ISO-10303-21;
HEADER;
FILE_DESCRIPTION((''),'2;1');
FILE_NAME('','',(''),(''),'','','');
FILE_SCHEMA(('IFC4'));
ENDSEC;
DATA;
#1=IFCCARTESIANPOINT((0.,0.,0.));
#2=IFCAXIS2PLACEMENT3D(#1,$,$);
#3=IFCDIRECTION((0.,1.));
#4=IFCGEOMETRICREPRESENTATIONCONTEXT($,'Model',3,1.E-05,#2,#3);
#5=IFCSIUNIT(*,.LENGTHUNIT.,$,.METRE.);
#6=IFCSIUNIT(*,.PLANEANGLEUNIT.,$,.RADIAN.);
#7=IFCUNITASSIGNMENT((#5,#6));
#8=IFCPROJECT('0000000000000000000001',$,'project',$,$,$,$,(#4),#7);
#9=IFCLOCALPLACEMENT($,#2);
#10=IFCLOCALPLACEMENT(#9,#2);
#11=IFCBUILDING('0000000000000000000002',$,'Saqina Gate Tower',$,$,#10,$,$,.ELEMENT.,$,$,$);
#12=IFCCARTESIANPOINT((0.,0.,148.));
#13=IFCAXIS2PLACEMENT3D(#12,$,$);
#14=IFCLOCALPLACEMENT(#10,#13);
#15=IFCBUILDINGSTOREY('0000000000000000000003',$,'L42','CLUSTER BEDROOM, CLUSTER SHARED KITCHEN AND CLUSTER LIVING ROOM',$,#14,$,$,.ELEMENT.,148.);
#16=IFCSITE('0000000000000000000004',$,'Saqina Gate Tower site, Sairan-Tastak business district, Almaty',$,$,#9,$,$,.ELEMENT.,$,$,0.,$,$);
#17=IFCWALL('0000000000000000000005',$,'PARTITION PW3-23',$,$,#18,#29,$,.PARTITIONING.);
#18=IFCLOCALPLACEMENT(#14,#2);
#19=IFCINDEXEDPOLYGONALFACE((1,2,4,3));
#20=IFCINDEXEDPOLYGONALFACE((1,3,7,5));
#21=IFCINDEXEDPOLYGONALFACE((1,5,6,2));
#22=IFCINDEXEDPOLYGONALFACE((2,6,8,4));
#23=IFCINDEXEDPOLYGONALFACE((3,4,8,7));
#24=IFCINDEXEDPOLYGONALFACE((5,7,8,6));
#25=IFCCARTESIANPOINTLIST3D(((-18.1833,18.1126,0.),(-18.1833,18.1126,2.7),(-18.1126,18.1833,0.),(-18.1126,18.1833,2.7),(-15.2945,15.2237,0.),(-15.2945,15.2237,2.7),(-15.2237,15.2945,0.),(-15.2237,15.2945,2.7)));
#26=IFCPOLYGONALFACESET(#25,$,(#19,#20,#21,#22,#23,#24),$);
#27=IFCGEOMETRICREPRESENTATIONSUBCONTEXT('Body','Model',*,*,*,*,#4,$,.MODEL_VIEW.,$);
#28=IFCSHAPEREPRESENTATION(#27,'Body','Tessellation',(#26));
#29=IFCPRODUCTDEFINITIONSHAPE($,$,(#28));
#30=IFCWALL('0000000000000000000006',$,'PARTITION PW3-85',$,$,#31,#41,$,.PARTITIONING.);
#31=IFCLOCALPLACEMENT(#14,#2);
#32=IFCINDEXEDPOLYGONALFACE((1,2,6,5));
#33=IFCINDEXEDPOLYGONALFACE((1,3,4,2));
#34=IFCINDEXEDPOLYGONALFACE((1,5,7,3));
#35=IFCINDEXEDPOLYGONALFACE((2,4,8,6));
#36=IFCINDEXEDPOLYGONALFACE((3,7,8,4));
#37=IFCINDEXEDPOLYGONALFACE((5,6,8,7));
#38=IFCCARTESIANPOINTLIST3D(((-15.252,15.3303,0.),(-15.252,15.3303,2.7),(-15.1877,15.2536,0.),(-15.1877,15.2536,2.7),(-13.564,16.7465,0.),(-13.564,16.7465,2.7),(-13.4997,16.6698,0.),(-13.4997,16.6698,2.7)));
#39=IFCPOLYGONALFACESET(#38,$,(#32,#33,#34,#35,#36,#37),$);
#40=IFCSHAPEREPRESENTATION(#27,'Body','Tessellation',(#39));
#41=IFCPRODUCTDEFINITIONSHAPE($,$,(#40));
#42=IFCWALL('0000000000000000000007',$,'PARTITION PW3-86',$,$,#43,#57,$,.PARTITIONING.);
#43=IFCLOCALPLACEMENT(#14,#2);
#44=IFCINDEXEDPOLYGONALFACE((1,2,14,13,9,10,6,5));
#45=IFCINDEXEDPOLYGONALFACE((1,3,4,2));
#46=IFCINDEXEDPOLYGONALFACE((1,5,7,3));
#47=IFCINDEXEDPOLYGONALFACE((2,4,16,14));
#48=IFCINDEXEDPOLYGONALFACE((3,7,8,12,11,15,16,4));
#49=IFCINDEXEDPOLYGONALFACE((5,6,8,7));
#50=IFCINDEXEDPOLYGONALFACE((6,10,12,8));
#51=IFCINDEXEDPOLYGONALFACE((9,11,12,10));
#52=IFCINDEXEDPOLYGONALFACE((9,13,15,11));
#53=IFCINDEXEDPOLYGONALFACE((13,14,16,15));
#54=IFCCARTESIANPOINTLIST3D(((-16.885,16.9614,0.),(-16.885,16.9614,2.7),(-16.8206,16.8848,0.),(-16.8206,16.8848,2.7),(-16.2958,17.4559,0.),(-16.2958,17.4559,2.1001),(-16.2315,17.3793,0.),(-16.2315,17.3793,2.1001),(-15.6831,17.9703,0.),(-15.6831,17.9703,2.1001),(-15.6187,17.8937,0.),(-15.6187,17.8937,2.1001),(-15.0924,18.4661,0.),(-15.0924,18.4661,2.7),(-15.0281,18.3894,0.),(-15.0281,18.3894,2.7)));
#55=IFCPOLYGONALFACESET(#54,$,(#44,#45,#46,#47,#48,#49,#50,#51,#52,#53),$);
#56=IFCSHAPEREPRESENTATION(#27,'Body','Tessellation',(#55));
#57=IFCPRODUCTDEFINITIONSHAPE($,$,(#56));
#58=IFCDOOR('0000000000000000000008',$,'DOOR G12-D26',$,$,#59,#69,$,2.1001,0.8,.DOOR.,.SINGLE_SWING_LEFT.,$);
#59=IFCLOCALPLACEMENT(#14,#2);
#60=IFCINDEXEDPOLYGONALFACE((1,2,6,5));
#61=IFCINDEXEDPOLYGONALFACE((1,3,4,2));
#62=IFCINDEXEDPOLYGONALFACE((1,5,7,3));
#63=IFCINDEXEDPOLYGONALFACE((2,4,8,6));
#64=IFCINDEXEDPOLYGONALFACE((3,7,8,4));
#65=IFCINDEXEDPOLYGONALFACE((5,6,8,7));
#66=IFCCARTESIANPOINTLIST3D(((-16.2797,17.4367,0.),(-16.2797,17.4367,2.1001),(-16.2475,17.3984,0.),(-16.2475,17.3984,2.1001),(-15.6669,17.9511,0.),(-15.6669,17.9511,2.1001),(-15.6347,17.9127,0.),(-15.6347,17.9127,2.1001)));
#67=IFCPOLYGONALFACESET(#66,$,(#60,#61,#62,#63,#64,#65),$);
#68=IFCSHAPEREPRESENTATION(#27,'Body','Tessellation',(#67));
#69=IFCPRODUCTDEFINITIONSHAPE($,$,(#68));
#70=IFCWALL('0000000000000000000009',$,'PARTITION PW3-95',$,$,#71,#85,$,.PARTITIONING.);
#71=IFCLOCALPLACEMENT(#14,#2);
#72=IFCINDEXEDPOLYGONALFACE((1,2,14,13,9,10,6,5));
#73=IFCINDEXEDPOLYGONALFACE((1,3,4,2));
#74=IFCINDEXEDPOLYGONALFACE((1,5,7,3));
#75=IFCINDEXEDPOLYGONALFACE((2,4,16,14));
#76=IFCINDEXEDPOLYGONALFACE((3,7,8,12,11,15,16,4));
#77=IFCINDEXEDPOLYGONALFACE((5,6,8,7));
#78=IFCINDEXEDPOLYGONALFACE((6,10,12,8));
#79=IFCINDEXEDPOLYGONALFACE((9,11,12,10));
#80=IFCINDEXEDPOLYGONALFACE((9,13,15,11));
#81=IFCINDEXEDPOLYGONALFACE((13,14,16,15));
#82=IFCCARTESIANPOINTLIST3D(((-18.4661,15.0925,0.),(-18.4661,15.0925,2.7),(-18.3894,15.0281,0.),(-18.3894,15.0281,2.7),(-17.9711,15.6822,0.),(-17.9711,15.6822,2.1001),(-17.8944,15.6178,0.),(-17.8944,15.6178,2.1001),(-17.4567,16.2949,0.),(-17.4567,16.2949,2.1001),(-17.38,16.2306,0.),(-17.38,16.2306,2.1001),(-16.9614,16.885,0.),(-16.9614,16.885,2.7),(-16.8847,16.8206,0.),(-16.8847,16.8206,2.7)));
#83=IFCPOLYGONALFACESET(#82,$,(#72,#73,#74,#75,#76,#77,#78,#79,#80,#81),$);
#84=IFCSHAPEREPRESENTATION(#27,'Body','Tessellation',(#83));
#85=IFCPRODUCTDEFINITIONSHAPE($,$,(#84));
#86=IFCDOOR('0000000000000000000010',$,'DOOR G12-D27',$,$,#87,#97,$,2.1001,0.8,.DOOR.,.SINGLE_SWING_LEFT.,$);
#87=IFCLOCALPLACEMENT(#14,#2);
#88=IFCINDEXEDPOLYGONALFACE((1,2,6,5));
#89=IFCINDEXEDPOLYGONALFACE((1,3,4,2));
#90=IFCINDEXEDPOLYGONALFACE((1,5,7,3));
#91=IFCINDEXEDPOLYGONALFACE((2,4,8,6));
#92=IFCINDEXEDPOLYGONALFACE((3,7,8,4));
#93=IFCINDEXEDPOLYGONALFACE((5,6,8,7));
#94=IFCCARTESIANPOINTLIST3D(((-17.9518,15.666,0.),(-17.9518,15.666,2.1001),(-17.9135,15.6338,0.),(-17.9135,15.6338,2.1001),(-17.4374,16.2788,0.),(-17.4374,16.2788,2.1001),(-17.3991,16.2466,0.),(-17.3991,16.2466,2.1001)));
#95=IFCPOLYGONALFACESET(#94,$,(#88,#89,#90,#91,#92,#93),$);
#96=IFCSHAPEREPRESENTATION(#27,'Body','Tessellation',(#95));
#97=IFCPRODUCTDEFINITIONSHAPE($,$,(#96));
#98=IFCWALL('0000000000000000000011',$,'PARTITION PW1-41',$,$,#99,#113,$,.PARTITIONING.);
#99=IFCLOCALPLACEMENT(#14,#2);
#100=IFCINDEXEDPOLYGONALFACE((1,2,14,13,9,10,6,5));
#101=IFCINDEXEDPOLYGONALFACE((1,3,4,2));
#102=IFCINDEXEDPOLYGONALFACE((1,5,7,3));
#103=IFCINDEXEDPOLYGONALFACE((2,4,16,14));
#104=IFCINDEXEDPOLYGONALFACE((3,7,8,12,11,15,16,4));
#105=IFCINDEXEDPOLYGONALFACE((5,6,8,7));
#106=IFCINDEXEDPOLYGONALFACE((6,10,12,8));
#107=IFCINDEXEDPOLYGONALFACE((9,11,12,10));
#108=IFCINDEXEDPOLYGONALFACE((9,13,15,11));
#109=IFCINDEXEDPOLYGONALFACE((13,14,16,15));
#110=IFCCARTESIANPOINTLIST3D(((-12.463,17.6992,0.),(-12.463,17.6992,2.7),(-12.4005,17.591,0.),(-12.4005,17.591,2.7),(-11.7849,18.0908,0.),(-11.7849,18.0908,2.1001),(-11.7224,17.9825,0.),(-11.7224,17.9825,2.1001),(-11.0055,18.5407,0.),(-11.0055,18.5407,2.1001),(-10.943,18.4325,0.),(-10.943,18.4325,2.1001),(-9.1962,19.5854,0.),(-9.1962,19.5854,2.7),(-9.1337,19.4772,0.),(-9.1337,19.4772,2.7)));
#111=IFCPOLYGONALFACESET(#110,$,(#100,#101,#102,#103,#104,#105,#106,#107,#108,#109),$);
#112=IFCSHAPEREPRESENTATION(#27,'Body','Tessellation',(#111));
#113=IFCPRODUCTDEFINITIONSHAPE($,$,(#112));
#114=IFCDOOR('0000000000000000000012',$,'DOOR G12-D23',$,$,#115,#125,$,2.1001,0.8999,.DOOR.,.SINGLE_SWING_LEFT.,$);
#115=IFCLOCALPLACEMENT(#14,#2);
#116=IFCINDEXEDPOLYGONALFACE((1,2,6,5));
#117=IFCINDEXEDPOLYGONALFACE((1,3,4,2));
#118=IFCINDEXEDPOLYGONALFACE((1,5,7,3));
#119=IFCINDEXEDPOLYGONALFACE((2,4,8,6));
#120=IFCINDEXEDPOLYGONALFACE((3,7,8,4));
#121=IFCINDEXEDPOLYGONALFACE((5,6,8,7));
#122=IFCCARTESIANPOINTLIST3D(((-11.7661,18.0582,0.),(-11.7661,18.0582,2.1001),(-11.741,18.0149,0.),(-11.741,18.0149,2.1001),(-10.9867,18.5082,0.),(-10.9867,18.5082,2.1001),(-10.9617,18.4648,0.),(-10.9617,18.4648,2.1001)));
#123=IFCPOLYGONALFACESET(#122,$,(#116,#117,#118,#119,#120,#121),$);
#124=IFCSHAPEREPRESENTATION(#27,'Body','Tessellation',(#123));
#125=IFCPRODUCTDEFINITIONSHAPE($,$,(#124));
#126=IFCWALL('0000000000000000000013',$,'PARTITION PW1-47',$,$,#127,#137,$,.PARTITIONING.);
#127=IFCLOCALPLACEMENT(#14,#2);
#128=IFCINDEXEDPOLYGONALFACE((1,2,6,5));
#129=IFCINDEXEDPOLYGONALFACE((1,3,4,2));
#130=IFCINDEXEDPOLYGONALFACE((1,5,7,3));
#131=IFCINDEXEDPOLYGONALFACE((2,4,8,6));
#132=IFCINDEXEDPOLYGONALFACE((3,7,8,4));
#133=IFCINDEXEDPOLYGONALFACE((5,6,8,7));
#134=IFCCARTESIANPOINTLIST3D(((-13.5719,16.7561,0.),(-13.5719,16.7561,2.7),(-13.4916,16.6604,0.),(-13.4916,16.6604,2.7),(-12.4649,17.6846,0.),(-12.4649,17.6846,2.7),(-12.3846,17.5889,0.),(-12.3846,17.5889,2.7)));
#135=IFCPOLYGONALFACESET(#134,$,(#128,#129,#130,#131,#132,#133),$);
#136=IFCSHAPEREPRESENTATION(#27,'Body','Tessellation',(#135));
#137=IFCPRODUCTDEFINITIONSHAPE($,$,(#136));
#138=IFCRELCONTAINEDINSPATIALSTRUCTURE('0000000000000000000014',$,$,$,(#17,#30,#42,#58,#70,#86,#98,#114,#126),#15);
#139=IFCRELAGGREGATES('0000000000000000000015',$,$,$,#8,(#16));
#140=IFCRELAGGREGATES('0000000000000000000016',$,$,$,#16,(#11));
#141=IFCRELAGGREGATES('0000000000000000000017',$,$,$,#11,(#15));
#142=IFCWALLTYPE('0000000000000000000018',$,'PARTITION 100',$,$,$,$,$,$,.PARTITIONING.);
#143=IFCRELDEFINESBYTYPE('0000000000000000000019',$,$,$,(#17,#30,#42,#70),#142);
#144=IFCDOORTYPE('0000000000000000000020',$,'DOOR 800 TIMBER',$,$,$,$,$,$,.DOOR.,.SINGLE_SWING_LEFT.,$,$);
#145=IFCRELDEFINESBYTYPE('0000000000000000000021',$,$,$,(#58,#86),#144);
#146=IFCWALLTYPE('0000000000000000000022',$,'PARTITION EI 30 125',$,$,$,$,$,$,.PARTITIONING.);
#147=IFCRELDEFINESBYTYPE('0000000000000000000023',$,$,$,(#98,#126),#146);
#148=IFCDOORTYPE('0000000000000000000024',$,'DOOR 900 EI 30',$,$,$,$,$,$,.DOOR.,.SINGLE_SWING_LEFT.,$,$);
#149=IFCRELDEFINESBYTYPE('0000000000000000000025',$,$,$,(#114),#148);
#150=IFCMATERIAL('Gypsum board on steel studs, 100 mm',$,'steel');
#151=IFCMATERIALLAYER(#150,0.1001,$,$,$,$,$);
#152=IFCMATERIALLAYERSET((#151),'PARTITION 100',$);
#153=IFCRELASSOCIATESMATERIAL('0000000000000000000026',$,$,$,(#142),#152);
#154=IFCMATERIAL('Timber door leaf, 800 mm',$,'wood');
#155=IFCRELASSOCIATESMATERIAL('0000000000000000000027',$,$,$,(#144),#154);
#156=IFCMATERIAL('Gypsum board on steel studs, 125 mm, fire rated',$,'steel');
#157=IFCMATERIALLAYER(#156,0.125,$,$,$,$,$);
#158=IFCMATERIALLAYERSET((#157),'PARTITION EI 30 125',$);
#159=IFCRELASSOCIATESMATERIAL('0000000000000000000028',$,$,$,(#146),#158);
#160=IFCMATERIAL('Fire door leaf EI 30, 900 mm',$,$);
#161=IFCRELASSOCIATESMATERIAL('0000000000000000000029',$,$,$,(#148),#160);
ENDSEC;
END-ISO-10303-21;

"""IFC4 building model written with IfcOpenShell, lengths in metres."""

from ifc_helpers import new_model, si_unit, direction, frame, frame_2d, origin, place, context, subcontext, project, spatial, rectangle, extrude, material, layer, layer_set, type_object, element, fill, save


model = new_model("IFC4")

# Units and contexts
model_context = context("Model", 3, precision=1e-05, world=origin(), true_north=direction((0.0, 1.0)))
body_context = subcontext(model_context, "Body", "Model", "MODEL_VIEW")
ifc_project = project(units=[si_unit("LENGTHUNIT", "METRE"), si_unit("PLANEANGLEUNIT", "RADIAN")], contexts=[model_context])

# Site, building, storey
site_placement = place(None, origin())
site = spatial("IfcSite", under=ifc_project, at=site_placement, Name="Saqina Gate Tower site, Sairan-Tastak business district, Almaty", CompositionType="ELEMENT", RefElevation=0.0)
building_placement = place(site_placement, origin())
building = spatial("IfcBuilding", under=site, at=building_placement, Name="Saqina Gate Tower", CompositionType="ELEMENT")
storey_placement = place(building_placement, frame((0.0, 0.0, 148.0)))
storey = spatial("IfcBuildingStorey", under=building, at=storey_placement, Name="L42", Description="CLUSTER BEDROOM, CLUSTER SHARED KITCHEN AND CLUSTER LIVING ROOM", CompositionType="ELEMENT", Elevation=148.0)

# Shared definitions
ifc_material_1 = material(Name="Gypsum board on steel studs, 100 mm", Category="steel")
ifc_layer_1 = layer(ifc_material_1, 0.1001)
ifc_layer_set_1 = layer_set([ifc_layer_1], Name="PARTITION 100")
wall_type_1 = type_object("IfcWallType", Name="PARTITION 100", PredefinedType="PARTITIONING", material=ifc_layer_set_1)

# Walls
wall_1_placement = place(storey_placement, frame((-18.1479, 18.1479, 0.0), z_axis=(0.0, 0.0, 1.0), x_axis=(0.707107, -0.707107, 0.0)))
element("IfcWall", 1, at=wall_1_placement, inside=storey, type_object=wall_type_1, Name="PARTITION PW3-23", PredefinedType="PARTITIONING", context=body_context, shape_type="SweptSolid", body=[
    extrude(rectangle(XDim=4.0854, YDim=0.1001, at=frame_2d((2.0427, 0.0))), origin(), (0.0, 0.0, 1.0), 2.7),
])
wall_2_placement = place(storey_placement, frame((-15.2197, 15.292, 0.0), z_axis=(0.0, 0.0, 1.0), x_axis=(0.766074, 0.642753, 0.0)))
element("IfcWall", 2, at=wall_2_placement, inside=storey, type_object=wall_type_1, Name="PARTITION PW3-85", PredefinedType="PARTITIONING", context=body_context, shape_type="SweptSolid", body=[
    extrude(rectangle(XDim=2.2034, YDim=0.1001, at=frame_2d((1.1016, 0.0))), origin(), (0.0, 0.0, 1.0), 2.7),
])

# Walls, openings, doors
wall_3_placement = place(storey_placement, frame((-16.8528, 16.9231, 0.0), z_axis=(0.0, 0.0, 1.0), x_axis=(0.765925, 0.64293, 0.0)))
wall_3 = element("IfcWall", 3, at=wall_3_placement, inside=storey, type_object=wall_type_1, Name="PARTITION PW3-86", PredefinedType="PARTITIONING", context=body_context, shape_type="SweptSolid", body=[
    extrude(rectangle(XDim=2.3403, YDim=0.1001, at=frame_2d((1.1702, 0.0))), origin(), (0.0, 0.0, 1.0), 2.7),
])
opening_1_placement = place(wall_3_placement, frame((0.7693, 0.0, 0.0)))
opening_1 = element("IfcOpeningElement", 4, at=opening_1_placement, cuts=wall_3, PredefinedType="OPENING", context=body_context, shape_type="SweptSolid", body=[
    extrude(rectangle(XDim=0.8, YDim=2.1001, at=frame_2d((0.3999, 1.05))), frame((0.0, 0.062, 0.0), z_axis=(0.0, -1.0, 0.0), x_axis=(1.0, 0.0, 0.0)), (0.0, 0.0, 1.0), 0.124),
])
ifc_material_2 = material(Name="Timber door leaf, 800 mm", Category="wood")
door_type_1 = type_object("IfcDoorType", Name="DOOR 800 TIMBER", OperationType="SINGLE_SWING_LEFT", PredefinedType="DOOR", material=ifc_material_2)
door_1_placement = place(opening_1_placement, origin())
door_1 = element("IfcDoor", 5, at=door_1_placement, inside=storey, type_object=door_type_1, Name="DOOR G12-D26", OperationType="SINGLE_SWING_LEFT", OverallHeight=2.1001, OverallWidth=0.8, PredefinedType="DOOR", context=body_context, shape_type="SweptSolid", body=[
    extrude(rectangle(XDim=0.8, YDim=2.1001, at=frame_2d((0.3999, 1.05))), frame((0.0, 0.0249, 0.0), z_axis=(0.0, -1.0, 0.0), x_axis=(1.0, 0.0, 0.0)), (0.0, 0.0, 1.0), 0.05),
])
fill(opening_1, door_1)
wall_4_placement = place(storey_placement, frame((-18.4277, 15.0603, 0.0), z_axis=(0.0, 0.0, 1.0), x_axis=(0.64293, 0.765925, 0.0)))
wall_4 = element("IfcWall", 6, at=wall_4_placement, inside=storey, type_object=wall_type_1, Name="PARTITION PW3-95", PredefinedType="PARTITIONING", context=body_context, shape_type="SweptSolid", body=[
    extrude(rectangle(XDim=2.3403, YDim=0.1001, at=frame_2d((1.1702, 0.0))), origin(), (0.0, 0.0, 1.0), 2.7),
])
opening_2_placement = place(wall_4_placement, frame((0.77, 0.0, 0.0)))
opening_2 = element("IfcOpeningElement", 7, at=opening_2_placement, cuts=wall_4, PredefinedType="OPENING", context=body_context, shape_type="SweptSolid", body=[
    extrude(rectangle(XDim=0.8, YDim=2.1001, at=frame_2d((0.3999, 1.05))), frame((0.0, 0.062, 0.0), z_axis=(0.0, -1.0, 0.0), x_axis=(1.0, 0.0, 0.0)), (0.0, 0.0, 1.0), 0.124),
])
door_2_placement = place(opening_2_placement, origin())
door_2 = element("IfcDoor", 8, at=door_2_placement, inside=storey, type_object=door_type_1, Name="DOOR G12-D27", OperationType="SINGLE_SWING_LEFT", OverallHeight=2.1001, OverallWidth=0.8, PredefinedType="DOOR", context=body_context, shape_type="SweptSolid", body=[
    extrude(rectangle(XDim=0.8, YDim=2.1001, at=frame_2d((0.3999, 1.05))), frame((0.0, 0.0249, 0.0), z_axis=(0.0, -1.0, 0.0), x_axis=(1.0, 0.0, 0.0)), (0.0, 0.0, 1.0), 0.05),
])
fill(opening_2, door_2)
ifc_material_3 = material(Name="Gypsum board on steel studs, 125 mm, fire rated", Category="steel")
ifc_layer_2 = layer(ifc_material_3, 0.125)
ifc_layer_set_2 = layer_set([ifc_layer_2], Name="PARTITION EI 30 125")
wall_type_2 = type_object("IfcWallType", Name="PARTITION EI 30 125", PredefinedType="PARTITIONING", material=ifc_layer_set_2)
wall_5_placement = place(storey_placement, frame((-12.4319, 17.645, 0.0), z_axis=(0.0, 0.0, 1.0), x_axis=(0.866012, 0.500023, 0.0)))
wall_5 = element("IfcWall", 9, at=wall_5_placement, inside=storey, type_object=wall_type_2, Name="PARTITION PW1-41", PredefinedType="PARTITIONING", context=body_context, shape_type="SweptSolid", body=[
    extrude(rectangle(XDim=3.7722, YDim=0.125, at=frame_2d((1.8862, 0.0))), origin(), (0.0, 0.0, 1.0), 2.7),
])
opening_3_placement = place(wall_5_placement, frame((0.7832, 0.0, 0.0)))
opening_3 = element("IfcOpeningElement", 10, at=opening_3_placement, cuts=wall_5, PredefinedType="OPENING", context=body_context, shape_type="SweptSolid", body=[
    extrude(rectangle(XDim=0.8999, YDim=2.1001, at=frame_2d((0.45, 1.05))), frame((0.0, 0.0745, 0.0), z_axis=(0.0, -1.0, 0.0), x_axis=(1.0, 0.0, 0.0)), (0.0, 0.0, 1.0), 0.1489),
])
ifc_material_4 = material(Name="Fire door leaf EI 30, 900 mm")
door_type_2 = type_object("IfcDoorType", Name="DOOR 900 EI 30", OperationType="SINGLE_SWING_LEFT", PredefinedType="DOOR", material=ifc_material_4)
door_3_placement = place(opening_3_placement, origin())
door_3 = element("IfcDoor", 11, at=door_3_placement, inside=storey, type_object=door_type_2, Name="DOOR G12-D23", OperationType="SINGLE_SWING_LEFT", OverallHeight=2.1001, OverallWidth=0.8999, PredefinedType="DOOR", context=body_context, shape_type="SweptSolid", body=[
    extrude(rectangle(XDim=0.8999, YDim=2.1001, at=frame_2d((0.45, 1.05))), frame((0.0, 0.0249, 0.0), z_axis=(0.0, -1.0, 0.0), x_axis=(1.0, 0.0, 0.0)), (0.0, 0.0, 1.0), 0.05),
])
fill(opening_3, door_3)

# Wall
wall_6_placement = place(storey_placement, frame((-13.5317, 16.7083, 0.0), z_axis=(0.0, 0.0, 1.0), x_axis=(0.766167, 0.642641, 0.0)))
element("IfcWall", 12, at=wall_6_placement, inside=storey, type_object=wall_type_2, Name="PARTITION PW1-47", PredefinedType="PARTITIONING", context=body_context, shape_type="SweptSolid", body=[
    extrude(rectangle(XDim=1.4448, YDim=0.125, at=frame_2d((0.7224, 0.0))), origin(), (0.0, 0.0, 1.0), 2.7),
])

save(model, "model.ifc")
